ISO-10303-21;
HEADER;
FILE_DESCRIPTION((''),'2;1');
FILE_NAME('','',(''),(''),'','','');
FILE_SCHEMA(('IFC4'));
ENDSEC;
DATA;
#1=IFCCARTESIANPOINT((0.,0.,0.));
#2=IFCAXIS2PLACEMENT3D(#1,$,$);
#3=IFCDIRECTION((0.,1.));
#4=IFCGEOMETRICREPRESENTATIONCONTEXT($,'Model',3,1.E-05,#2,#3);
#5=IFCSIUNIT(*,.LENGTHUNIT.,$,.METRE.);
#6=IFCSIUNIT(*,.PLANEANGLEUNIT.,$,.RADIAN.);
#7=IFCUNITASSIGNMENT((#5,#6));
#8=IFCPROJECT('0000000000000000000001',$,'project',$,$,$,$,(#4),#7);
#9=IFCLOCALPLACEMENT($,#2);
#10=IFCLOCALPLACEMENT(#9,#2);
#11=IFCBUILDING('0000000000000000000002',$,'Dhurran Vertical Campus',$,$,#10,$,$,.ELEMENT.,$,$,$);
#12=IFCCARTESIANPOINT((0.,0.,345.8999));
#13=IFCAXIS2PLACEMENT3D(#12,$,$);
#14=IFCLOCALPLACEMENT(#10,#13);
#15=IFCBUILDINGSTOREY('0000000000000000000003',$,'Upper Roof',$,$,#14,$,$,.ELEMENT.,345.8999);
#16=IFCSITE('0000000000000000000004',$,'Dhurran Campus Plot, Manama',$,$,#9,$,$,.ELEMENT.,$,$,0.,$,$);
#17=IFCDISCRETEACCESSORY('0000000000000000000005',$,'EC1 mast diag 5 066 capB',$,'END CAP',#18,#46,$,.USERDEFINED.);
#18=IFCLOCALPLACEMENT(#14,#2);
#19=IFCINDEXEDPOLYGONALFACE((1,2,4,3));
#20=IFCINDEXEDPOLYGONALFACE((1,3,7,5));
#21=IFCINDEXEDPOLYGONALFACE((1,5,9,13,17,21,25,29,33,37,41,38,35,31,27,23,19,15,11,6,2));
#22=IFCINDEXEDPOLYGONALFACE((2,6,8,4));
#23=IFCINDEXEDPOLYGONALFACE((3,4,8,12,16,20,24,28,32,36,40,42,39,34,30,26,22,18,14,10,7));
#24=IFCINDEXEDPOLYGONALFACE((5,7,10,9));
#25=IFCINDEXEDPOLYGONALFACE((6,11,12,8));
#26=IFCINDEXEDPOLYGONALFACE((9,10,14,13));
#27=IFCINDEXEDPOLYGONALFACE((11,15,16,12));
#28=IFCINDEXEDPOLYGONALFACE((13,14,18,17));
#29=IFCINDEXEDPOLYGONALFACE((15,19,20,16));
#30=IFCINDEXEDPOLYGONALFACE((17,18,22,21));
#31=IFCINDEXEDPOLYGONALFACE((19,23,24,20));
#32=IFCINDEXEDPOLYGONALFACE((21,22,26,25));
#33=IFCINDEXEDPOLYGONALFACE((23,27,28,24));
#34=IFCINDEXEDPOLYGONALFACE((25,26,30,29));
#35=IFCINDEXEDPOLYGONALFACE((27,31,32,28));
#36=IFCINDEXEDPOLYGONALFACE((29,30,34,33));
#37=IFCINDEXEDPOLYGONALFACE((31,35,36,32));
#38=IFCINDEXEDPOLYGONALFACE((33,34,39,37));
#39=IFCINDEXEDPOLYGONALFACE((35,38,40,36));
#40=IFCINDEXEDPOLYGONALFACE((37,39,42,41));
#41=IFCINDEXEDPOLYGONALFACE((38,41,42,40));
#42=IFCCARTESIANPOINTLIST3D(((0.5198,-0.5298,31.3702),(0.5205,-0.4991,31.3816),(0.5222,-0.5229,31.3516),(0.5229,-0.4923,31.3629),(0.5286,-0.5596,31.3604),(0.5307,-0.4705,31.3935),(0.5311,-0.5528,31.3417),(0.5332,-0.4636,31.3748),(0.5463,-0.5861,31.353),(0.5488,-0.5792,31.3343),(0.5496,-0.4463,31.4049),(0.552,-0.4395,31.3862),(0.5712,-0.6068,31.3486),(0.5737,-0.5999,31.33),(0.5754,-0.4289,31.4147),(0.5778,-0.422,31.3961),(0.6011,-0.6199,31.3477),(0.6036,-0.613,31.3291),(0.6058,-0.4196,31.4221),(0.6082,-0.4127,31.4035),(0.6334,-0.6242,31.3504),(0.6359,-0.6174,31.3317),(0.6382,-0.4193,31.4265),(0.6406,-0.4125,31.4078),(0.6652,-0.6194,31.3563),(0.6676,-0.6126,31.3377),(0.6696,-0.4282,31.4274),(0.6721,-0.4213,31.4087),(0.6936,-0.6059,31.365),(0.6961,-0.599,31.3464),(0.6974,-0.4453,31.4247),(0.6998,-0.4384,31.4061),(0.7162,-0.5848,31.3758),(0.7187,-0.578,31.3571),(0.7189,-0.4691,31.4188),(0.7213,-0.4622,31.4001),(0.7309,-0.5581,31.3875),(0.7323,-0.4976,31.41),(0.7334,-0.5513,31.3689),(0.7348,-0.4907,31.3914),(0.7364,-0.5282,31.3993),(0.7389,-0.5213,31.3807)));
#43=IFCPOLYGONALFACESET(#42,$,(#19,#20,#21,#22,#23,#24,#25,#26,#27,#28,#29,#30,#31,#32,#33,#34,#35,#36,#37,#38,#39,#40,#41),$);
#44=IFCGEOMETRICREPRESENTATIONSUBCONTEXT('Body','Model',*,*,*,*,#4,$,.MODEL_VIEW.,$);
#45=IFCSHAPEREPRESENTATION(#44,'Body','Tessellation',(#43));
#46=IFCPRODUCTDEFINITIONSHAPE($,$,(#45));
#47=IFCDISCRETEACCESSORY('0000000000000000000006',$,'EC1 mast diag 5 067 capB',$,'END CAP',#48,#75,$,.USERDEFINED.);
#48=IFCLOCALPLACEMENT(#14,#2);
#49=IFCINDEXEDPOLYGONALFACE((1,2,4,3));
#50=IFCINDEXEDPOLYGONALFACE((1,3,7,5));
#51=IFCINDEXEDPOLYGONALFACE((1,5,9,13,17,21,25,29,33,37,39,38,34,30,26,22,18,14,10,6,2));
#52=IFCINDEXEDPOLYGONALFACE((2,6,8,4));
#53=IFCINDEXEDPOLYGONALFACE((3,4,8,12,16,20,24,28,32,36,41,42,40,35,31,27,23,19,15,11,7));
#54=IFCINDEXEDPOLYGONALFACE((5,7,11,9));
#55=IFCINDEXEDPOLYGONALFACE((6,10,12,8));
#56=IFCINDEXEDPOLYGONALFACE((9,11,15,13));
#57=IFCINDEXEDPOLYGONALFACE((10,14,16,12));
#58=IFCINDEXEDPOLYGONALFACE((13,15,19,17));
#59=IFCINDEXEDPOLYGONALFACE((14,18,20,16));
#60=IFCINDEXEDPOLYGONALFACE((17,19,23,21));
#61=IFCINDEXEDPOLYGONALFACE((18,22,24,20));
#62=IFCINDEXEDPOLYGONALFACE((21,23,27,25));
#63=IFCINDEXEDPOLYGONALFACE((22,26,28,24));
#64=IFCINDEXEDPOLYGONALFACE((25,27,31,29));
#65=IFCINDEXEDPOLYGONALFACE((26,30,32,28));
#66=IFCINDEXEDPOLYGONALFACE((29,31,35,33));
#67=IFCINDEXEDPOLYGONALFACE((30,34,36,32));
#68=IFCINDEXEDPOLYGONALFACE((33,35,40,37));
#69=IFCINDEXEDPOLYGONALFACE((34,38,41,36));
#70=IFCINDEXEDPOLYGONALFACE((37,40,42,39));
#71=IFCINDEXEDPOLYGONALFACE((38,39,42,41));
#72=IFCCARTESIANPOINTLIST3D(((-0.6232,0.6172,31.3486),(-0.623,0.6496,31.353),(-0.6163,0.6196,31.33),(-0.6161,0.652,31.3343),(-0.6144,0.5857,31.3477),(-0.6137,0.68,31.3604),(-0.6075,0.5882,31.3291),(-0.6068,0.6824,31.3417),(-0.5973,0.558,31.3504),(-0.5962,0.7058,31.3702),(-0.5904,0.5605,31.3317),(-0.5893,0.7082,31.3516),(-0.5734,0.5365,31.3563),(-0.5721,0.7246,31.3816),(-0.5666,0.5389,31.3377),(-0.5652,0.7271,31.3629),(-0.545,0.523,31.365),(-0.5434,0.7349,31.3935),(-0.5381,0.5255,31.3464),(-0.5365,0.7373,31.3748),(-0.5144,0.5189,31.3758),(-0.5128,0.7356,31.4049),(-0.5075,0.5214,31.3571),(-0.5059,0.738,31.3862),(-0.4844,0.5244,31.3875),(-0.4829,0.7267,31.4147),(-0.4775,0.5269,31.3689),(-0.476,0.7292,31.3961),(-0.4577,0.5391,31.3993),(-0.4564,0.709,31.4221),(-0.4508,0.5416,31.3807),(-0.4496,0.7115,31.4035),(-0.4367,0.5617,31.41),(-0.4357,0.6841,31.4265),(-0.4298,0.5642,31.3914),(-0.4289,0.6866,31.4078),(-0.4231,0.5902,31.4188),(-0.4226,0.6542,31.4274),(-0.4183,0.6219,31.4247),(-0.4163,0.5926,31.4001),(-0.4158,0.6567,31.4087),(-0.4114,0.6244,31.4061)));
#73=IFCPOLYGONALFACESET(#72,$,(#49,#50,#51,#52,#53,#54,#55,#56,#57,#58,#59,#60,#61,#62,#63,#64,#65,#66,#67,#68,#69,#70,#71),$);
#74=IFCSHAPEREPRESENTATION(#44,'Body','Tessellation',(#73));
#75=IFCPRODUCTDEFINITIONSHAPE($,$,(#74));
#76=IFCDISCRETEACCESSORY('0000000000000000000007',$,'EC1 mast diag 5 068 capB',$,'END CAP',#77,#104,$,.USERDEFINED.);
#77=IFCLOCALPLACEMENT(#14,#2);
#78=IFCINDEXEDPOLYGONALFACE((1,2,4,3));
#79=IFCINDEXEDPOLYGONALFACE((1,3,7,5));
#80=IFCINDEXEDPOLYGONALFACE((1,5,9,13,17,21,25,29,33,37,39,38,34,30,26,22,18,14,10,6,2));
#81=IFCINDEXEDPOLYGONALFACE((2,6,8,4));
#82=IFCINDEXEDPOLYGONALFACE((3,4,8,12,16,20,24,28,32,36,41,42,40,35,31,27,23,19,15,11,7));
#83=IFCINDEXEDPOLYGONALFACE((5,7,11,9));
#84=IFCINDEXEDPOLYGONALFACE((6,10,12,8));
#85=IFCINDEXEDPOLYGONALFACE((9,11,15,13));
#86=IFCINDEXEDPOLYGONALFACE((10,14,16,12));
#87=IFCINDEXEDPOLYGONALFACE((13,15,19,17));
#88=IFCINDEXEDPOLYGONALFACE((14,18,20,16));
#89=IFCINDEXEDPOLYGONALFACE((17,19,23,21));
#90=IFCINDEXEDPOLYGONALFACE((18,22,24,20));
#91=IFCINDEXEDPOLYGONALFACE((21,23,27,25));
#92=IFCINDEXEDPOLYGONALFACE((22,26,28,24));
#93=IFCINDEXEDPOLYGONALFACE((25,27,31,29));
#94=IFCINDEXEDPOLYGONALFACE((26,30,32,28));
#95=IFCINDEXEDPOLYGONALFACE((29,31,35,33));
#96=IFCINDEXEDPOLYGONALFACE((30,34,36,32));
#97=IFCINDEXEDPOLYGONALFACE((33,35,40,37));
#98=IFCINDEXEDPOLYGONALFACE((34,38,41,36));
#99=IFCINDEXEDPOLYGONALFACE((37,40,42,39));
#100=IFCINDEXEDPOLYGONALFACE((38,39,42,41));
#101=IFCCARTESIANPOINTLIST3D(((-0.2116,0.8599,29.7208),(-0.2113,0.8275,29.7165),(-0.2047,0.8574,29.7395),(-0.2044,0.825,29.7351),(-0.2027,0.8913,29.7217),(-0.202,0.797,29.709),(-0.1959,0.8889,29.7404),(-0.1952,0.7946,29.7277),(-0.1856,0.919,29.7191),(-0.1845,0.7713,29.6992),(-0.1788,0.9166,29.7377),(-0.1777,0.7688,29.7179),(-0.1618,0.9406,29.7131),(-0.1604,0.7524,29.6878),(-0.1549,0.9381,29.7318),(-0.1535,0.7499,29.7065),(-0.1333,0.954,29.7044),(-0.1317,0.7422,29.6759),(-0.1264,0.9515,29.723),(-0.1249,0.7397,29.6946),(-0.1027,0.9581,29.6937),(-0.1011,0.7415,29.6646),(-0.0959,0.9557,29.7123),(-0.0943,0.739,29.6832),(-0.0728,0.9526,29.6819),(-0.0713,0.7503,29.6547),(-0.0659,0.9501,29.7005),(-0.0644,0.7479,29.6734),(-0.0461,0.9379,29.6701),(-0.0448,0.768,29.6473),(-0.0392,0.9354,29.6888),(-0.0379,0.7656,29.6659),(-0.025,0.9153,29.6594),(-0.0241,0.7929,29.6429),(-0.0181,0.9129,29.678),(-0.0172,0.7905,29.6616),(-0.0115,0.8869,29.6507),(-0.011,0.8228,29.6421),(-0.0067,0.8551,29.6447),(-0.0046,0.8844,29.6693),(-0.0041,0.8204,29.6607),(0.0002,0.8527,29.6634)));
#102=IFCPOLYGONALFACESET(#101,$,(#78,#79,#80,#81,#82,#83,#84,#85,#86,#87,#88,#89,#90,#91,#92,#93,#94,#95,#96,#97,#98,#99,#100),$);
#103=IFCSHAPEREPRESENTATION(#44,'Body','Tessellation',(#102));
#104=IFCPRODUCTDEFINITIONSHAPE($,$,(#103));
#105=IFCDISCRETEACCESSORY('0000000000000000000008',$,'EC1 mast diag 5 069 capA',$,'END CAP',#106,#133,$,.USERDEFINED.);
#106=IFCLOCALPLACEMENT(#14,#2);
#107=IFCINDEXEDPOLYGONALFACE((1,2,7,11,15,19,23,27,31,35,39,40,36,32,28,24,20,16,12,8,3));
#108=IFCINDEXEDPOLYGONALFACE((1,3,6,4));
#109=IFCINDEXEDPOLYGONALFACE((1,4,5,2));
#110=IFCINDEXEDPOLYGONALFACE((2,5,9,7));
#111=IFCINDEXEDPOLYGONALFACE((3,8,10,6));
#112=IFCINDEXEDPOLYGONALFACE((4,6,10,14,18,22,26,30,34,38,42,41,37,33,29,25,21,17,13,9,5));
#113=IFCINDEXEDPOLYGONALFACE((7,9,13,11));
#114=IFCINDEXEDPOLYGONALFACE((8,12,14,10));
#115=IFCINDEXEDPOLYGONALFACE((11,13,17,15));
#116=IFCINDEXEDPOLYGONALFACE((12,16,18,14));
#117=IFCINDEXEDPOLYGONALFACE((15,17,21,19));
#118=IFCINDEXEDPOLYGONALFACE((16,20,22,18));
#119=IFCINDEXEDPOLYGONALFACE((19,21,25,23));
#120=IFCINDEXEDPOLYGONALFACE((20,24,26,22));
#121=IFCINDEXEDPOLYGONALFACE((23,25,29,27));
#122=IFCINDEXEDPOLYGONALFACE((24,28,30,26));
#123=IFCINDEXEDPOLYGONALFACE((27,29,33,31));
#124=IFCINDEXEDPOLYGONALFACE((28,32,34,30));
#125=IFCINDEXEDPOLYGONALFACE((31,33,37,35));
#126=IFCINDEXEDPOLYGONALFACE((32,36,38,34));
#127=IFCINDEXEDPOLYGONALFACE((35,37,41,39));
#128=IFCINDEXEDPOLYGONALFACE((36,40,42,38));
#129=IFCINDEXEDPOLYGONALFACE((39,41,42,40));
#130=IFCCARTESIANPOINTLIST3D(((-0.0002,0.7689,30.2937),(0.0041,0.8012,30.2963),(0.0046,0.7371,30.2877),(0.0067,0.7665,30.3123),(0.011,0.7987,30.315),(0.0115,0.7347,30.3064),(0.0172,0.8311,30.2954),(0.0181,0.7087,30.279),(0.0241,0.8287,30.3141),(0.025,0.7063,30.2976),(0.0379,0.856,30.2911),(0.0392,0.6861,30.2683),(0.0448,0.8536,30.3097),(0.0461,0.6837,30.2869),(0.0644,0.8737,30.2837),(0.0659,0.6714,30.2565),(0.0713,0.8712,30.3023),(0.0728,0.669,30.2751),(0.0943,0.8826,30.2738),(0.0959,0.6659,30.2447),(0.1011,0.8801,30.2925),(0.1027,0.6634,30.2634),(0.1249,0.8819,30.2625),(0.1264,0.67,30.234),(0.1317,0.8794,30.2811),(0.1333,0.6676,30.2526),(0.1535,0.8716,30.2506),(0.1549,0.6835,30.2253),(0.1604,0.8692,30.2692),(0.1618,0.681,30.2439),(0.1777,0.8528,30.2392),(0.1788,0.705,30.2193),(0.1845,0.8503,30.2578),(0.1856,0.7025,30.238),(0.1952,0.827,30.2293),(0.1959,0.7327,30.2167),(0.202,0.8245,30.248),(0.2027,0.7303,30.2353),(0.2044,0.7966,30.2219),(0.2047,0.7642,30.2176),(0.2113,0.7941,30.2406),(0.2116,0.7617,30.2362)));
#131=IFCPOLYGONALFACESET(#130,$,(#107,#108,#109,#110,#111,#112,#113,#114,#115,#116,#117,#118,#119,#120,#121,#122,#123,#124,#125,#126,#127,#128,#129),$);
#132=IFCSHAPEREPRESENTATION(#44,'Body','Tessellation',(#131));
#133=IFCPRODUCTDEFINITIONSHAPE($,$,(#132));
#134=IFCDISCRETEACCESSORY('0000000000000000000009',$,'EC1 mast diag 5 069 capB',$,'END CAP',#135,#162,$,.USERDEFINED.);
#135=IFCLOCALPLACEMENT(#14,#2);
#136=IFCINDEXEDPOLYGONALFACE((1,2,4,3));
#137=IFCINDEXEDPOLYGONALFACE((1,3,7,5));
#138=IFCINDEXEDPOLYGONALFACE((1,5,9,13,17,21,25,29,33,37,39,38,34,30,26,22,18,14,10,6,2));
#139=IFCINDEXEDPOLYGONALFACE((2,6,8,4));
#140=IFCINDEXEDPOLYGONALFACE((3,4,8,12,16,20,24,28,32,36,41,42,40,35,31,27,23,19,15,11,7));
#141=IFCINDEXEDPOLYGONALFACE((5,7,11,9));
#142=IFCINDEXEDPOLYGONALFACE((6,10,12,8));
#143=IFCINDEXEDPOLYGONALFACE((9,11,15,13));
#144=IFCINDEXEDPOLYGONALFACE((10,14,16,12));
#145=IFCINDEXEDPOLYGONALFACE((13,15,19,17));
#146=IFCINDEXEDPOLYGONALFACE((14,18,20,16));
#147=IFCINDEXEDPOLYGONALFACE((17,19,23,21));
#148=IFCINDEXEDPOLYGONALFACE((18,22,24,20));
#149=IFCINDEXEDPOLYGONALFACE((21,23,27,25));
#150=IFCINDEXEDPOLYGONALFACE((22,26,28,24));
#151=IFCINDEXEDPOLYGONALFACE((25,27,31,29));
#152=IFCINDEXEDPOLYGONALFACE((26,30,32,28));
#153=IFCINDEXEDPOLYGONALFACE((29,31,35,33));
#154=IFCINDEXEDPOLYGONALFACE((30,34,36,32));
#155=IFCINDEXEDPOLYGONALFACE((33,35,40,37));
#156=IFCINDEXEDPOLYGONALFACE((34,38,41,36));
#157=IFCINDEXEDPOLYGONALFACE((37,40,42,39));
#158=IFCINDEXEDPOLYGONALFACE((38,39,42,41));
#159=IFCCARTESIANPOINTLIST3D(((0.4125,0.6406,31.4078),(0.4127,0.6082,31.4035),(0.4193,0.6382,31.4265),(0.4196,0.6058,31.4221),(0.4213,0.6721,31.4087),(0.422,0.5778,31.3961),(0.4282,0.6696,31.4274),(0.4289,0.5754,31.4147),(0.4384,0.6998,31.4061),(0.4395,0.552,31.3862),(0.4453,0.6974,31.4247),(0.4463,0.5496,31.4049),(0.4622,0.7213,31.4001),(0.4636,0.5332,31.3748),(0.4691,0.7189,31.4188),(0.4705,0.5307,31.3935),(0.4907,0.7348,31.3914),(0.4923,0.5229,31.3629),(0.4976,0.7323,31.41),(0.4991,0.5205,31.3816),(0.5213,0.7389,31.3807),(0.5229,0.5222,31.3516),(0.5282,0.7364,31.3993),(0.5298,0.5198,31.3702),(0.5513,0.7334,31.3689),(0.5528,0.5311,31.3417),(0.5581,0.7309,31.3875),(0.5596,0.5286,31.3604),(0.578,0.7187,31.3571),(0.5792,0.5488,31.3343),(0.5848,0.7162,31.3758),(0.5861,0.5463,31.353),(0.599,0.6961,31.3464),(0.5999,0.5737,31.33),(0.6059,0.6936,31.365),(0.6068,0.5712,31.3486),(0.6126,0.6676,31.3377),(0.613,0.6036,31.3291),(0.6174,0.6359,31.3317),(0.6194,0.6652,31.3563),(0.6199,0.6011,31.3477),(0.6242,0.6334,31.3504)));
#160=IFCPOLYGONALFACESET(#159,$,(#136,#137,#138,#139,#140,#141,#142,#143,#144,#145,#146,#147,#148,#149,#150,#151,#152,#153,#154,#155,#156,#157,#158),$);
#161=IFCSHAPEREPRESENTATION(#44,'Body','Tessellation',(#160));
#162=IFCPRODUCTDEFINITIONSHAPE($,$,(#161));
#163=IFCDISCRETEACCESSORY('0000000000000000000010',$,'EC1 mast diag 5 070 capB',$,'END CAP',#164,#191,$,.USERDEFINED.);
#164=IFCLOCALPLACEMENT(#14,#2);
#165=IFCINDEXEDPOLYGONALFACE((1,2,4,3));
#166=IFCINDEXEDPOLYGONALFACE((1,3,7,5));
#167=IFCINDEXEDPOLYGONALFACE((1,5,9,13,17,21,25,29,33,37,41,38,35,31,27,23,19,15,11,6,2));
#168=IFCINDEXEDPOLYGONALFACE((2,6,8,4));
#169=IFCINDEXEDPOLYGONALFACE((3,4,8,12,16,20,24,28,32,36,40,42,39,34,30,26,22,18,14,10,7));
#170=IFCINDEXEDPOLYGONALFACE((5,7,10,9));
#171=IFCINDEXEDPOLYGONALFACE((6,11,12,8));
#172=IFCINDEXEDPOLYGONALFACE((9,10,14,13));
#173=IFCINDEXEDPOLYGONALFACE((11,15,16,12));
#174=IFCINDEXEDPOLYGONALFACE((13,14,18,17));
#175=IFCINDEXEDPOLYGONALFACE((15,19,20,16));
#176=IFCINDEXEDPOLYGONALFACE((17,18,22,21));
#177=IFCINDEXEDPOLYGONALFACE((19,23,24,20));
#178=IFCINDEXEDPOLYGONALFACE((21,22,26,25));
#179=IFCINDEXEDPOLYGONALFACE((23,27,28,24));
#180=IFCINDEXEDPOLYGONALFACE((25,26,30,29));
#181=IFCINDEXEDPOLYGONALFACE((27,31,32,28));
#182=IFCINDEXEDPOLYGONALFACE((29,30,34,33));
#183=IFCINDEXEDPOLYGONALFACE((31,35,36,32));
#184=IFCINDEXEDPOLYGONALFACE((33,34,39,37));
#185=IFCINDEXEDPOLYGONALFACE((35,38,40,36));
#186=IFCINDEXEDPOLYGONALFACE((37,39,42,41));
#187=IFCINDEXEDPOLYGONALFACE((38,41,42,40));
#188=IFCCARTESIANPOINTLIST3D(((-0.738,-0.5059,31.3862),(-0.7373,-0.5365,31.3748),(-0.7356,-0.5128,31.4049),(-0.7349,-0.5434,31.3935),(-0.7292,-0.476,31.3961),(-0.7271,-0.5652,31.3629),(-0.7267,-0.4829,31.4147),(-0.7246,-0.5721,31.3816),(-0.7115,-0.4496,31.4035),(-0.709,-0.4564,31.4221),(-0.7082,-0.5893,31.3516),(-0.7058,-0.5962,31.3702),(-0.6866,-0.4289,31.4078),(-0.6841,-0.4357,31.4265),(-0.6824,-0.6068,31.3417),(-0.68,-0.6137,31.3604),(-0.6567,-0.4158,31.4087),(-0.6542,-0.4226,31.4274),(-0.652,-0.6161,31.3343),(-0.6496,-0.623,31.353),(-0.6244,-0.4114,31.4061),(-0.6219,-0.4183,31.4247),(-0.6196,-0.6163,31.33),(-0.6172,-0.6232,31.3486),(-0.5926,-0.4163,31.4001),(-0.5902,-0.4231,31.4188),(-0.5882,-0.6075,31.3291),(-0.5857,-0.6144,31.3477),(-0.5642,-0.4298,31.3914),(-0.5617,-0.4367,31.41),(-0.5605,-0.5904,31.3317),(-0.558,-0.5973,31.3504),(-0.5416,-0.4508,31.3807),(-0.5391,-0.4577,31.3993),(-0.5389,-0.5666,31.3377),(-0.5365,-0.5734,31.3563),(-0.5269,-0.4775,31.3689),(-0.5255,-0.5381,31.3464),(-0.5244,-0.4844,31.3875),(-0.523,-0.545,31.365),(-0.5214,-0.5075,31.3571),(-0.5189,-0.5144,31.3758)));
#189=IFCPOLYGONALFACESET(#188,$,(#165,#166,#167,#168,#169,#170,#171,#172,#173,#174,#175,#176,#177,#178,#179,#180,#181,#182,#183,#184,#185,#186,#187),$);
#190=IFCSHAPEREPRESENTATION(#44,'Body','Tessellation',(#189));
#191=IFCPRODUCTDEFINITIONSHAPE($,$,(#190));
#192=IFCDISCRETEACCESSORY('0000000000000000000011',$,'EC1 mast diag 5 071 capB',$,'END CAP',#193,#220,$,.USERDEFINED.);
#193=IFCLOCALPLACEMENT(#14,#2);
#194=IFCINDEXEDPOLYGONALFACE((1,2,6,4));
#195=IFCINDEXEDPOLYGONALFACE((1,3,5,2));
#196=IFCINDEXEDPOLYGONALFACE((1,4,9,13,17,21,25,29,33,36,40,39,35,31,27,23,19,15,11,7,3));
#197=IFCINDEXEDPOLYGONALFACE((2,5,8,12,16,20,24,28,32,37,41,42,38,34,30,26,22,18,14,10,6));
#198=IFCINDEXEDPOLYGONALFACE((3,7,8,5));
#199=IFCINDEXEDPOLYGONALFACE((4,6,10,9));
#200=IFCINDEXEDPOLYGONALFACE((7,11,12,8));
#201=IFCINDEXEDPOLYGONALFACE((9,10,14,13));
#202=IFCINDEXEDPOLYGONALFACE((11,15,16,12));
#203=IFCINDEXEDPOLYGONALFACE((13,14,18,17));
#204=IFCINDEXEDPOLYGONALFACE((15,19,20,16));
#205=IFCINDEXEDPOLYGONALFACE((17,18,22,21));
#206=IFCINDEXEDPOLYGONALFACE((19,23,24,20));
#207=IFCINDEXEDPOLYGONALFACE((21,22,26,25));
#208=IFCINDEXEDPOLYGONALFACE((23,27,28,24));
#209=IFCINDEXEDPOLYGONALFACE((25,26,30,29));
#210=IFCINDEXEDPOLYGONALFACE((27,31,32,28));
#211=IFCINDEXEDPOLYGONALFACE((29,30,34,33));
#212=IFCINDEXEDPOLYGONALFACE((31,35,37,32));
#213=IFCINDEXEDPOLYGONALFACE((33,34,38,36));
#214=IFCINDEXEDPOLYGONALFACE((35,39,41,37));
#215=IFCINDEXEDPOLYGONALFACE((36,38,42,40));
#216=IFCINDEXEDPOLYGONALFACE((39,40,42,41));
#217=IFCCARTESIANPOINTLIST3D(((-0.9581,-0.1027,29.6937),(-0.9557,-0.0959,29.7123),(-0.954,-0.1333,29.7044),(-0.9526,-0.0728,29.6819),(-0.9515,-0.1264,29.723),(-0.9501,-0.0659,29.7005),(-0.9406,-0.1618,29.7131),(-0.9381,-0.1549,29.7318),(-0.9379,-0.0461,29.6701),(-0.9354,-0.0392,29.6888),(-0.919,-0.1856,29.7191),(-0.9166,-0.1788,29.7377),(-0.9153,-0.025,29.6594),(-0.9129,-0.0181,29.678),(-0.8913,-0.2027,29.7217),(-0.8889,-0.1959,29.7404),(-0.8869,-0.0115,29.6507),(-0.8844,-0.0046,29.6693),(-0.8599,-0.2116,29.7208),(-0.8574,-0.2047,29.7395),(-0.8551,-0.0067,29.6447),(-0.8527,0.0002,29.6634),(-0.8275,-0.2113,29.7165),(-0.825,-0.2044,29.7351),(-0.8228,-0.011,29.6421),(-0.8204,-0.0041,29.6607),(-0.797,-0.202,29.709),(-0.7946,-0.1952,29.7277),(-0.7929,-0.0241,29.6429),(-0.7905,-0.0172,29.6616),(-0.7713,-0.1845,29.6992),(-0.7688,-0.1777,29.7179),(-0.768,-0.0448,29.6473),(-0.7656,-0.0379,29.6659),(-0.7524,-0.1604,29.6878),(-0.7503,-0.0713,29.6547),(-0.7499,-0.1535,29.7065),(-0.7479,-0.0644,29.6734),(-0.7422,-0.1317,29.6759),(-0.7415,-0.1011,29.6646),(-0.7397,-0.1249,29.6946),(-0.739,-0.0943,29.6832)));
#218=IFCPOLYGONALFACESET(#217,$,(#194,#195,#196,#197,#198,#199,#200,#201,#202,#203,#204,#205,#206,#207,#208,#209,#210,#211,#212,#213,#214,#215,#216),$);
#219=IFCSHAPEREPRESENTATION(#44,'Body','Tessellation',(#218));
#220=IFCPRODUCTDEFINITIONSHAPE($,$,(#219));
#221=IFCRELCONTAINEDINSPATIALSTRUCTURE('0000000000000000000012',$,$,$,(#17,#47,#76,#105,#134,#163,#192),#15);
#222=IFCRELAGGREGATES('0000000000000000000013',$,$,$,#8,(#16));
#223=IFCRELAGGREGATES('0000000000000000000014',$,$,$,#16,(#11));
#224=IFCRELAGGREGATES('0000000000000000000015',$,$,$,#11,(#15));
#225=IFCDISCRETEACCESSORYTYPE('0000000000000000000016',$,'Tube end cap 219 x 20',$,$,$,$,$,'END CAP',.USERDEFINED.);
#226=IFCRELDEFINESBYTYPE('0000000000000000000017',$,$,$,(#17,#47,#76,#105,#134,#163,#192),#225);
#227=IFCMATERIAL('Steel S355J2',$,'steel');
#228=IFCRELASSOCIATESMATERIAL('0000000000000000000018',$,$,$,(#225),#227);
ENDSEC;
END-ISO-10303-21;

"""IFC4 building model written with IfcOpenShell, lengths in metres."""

from ifc_helpers import new_model, si_unit, direction, frame, origin, origin_2d, place, context, subcontext, project, spatial, circle, extrude, material, material_profile, profile_set, type_object, element, save


model = new_model("IFC4")

# Units and contexts
model_context = context("Model", 3, precision=1e-05, world=origin(), true_north=direction((0.0, 1.0)))
body_context = subcontext(model_context, "Body", "Model", "MODEL_VIEW")
ifc_project = project(units=[si_unit("LENGTHUNIT", "METRE"), si_unit("PLANEANGLEUNIT", "RADIAN")], contexts=[model_context])

# Site, building, storey
site_placement = place(None, origin())
site = spatial("IfcSite", under=ifc_project, at=site_placement, Name="Dhurran Campus Plot, Manama", CompositionType="ELEMENT", RefElevation=0.0)
building_placement = place(site_placement, origin())
building = spatial("IfcBuilding", under=site, at=building_placement, Name="Dhurran Vertical Campus", CompositionType="ELEMENT")
storey_placement = place(building_placement, frame((0.0, 0.0, 345.8999)))
storey = spatial("IfcBuildingStorey", under=building, at=storey_placement, Name="Upper Roof", CompositionType="ELEMENT", Elevation=345.8999)

# Discrete accessories
ifc_material_1 = material(Name="Steel S355J2", Category="steel")
ifc_material_profile_1 = material_profile(ifc_material_1, circle(Radius=0.1096, at=origin_2d()), Name="Tube end cap 219 x 20")
ifc_profile_set_1 = profile_set([ifc_material_profile_1], Name="Steel S355J2")
discrete_accessory_type_1 = type_object("IfcDiscreteAccessoryType", Name="Tube end cap 219 x 20", ElementType="END CAP", PredefinedType="USERDEFINED", material=ifc_profile_set_1)
for number, where, z_axis, x_axis, name in (
    (1, (0.6301, -0.5144, 31.3689), (-0.122536, -0.3431, 0.931272), (0.941742, -0.336336, 0.0), "EC1 mast diag 5 066 capB"),
    (2, (-0.5144, 0.6301, 31.3689), (-0.3431, -0.122536, 0.931272), (0.336336, -0.941742, 0.0), "EC1 mast diag 5 067 capB"),
    (3, (-0.1096, 0.8494, 29.6819), (0.3431, -0.122536, 0.931272), (0.336336, 0.941742, 0.0), "EC1 mast diag 5 068 capB"),
    (4, (0.1096, 0.7722, 30.2751), (-0.3431, 0.122536, -0.931272), (-0.336336, -0.941742, 0.0), "EC1 mast diag 5 069 capA"),
    (5, (0.5144, 0.6301, 31.3689), (0.3431, -0.122536, 0.931272), (0.336336, 0.941742, 0.0), "EC1 mast diag 5 069 capB"),
    (6, (-0.6301, -0.5144, 31.3689), (0.122536, -0.3431, 0.931272), (0.941742, 0.336336, 0.0), "EC1 mast diag 5 070 capB"),
    (7, (-0.8494, -0.1096, 29.6819), (0.122536, 0.3431, 0.931272), (-0.941742, 0.336336, 0.0), "EC1 mast diag 5 071 capB"),
):
    element("IfcDiscreteAccessory", number, at=place(storey_placement, frame(where, z_axis=z_axis, x_axis=x_axis)), inside=storey, type_object=discrete_accessory_type_1, Name=name, ObjectType="END CAP", PredefinedType="USERDEFINED", context=body_context, shape_type="SweptSolid", body=[
        extrude(circle(Radius=0.1096, at=origin_2d()), origin(), (0.0, 0.0, 1.0), 0.02),
    ])

save(model, "model.ifc")
